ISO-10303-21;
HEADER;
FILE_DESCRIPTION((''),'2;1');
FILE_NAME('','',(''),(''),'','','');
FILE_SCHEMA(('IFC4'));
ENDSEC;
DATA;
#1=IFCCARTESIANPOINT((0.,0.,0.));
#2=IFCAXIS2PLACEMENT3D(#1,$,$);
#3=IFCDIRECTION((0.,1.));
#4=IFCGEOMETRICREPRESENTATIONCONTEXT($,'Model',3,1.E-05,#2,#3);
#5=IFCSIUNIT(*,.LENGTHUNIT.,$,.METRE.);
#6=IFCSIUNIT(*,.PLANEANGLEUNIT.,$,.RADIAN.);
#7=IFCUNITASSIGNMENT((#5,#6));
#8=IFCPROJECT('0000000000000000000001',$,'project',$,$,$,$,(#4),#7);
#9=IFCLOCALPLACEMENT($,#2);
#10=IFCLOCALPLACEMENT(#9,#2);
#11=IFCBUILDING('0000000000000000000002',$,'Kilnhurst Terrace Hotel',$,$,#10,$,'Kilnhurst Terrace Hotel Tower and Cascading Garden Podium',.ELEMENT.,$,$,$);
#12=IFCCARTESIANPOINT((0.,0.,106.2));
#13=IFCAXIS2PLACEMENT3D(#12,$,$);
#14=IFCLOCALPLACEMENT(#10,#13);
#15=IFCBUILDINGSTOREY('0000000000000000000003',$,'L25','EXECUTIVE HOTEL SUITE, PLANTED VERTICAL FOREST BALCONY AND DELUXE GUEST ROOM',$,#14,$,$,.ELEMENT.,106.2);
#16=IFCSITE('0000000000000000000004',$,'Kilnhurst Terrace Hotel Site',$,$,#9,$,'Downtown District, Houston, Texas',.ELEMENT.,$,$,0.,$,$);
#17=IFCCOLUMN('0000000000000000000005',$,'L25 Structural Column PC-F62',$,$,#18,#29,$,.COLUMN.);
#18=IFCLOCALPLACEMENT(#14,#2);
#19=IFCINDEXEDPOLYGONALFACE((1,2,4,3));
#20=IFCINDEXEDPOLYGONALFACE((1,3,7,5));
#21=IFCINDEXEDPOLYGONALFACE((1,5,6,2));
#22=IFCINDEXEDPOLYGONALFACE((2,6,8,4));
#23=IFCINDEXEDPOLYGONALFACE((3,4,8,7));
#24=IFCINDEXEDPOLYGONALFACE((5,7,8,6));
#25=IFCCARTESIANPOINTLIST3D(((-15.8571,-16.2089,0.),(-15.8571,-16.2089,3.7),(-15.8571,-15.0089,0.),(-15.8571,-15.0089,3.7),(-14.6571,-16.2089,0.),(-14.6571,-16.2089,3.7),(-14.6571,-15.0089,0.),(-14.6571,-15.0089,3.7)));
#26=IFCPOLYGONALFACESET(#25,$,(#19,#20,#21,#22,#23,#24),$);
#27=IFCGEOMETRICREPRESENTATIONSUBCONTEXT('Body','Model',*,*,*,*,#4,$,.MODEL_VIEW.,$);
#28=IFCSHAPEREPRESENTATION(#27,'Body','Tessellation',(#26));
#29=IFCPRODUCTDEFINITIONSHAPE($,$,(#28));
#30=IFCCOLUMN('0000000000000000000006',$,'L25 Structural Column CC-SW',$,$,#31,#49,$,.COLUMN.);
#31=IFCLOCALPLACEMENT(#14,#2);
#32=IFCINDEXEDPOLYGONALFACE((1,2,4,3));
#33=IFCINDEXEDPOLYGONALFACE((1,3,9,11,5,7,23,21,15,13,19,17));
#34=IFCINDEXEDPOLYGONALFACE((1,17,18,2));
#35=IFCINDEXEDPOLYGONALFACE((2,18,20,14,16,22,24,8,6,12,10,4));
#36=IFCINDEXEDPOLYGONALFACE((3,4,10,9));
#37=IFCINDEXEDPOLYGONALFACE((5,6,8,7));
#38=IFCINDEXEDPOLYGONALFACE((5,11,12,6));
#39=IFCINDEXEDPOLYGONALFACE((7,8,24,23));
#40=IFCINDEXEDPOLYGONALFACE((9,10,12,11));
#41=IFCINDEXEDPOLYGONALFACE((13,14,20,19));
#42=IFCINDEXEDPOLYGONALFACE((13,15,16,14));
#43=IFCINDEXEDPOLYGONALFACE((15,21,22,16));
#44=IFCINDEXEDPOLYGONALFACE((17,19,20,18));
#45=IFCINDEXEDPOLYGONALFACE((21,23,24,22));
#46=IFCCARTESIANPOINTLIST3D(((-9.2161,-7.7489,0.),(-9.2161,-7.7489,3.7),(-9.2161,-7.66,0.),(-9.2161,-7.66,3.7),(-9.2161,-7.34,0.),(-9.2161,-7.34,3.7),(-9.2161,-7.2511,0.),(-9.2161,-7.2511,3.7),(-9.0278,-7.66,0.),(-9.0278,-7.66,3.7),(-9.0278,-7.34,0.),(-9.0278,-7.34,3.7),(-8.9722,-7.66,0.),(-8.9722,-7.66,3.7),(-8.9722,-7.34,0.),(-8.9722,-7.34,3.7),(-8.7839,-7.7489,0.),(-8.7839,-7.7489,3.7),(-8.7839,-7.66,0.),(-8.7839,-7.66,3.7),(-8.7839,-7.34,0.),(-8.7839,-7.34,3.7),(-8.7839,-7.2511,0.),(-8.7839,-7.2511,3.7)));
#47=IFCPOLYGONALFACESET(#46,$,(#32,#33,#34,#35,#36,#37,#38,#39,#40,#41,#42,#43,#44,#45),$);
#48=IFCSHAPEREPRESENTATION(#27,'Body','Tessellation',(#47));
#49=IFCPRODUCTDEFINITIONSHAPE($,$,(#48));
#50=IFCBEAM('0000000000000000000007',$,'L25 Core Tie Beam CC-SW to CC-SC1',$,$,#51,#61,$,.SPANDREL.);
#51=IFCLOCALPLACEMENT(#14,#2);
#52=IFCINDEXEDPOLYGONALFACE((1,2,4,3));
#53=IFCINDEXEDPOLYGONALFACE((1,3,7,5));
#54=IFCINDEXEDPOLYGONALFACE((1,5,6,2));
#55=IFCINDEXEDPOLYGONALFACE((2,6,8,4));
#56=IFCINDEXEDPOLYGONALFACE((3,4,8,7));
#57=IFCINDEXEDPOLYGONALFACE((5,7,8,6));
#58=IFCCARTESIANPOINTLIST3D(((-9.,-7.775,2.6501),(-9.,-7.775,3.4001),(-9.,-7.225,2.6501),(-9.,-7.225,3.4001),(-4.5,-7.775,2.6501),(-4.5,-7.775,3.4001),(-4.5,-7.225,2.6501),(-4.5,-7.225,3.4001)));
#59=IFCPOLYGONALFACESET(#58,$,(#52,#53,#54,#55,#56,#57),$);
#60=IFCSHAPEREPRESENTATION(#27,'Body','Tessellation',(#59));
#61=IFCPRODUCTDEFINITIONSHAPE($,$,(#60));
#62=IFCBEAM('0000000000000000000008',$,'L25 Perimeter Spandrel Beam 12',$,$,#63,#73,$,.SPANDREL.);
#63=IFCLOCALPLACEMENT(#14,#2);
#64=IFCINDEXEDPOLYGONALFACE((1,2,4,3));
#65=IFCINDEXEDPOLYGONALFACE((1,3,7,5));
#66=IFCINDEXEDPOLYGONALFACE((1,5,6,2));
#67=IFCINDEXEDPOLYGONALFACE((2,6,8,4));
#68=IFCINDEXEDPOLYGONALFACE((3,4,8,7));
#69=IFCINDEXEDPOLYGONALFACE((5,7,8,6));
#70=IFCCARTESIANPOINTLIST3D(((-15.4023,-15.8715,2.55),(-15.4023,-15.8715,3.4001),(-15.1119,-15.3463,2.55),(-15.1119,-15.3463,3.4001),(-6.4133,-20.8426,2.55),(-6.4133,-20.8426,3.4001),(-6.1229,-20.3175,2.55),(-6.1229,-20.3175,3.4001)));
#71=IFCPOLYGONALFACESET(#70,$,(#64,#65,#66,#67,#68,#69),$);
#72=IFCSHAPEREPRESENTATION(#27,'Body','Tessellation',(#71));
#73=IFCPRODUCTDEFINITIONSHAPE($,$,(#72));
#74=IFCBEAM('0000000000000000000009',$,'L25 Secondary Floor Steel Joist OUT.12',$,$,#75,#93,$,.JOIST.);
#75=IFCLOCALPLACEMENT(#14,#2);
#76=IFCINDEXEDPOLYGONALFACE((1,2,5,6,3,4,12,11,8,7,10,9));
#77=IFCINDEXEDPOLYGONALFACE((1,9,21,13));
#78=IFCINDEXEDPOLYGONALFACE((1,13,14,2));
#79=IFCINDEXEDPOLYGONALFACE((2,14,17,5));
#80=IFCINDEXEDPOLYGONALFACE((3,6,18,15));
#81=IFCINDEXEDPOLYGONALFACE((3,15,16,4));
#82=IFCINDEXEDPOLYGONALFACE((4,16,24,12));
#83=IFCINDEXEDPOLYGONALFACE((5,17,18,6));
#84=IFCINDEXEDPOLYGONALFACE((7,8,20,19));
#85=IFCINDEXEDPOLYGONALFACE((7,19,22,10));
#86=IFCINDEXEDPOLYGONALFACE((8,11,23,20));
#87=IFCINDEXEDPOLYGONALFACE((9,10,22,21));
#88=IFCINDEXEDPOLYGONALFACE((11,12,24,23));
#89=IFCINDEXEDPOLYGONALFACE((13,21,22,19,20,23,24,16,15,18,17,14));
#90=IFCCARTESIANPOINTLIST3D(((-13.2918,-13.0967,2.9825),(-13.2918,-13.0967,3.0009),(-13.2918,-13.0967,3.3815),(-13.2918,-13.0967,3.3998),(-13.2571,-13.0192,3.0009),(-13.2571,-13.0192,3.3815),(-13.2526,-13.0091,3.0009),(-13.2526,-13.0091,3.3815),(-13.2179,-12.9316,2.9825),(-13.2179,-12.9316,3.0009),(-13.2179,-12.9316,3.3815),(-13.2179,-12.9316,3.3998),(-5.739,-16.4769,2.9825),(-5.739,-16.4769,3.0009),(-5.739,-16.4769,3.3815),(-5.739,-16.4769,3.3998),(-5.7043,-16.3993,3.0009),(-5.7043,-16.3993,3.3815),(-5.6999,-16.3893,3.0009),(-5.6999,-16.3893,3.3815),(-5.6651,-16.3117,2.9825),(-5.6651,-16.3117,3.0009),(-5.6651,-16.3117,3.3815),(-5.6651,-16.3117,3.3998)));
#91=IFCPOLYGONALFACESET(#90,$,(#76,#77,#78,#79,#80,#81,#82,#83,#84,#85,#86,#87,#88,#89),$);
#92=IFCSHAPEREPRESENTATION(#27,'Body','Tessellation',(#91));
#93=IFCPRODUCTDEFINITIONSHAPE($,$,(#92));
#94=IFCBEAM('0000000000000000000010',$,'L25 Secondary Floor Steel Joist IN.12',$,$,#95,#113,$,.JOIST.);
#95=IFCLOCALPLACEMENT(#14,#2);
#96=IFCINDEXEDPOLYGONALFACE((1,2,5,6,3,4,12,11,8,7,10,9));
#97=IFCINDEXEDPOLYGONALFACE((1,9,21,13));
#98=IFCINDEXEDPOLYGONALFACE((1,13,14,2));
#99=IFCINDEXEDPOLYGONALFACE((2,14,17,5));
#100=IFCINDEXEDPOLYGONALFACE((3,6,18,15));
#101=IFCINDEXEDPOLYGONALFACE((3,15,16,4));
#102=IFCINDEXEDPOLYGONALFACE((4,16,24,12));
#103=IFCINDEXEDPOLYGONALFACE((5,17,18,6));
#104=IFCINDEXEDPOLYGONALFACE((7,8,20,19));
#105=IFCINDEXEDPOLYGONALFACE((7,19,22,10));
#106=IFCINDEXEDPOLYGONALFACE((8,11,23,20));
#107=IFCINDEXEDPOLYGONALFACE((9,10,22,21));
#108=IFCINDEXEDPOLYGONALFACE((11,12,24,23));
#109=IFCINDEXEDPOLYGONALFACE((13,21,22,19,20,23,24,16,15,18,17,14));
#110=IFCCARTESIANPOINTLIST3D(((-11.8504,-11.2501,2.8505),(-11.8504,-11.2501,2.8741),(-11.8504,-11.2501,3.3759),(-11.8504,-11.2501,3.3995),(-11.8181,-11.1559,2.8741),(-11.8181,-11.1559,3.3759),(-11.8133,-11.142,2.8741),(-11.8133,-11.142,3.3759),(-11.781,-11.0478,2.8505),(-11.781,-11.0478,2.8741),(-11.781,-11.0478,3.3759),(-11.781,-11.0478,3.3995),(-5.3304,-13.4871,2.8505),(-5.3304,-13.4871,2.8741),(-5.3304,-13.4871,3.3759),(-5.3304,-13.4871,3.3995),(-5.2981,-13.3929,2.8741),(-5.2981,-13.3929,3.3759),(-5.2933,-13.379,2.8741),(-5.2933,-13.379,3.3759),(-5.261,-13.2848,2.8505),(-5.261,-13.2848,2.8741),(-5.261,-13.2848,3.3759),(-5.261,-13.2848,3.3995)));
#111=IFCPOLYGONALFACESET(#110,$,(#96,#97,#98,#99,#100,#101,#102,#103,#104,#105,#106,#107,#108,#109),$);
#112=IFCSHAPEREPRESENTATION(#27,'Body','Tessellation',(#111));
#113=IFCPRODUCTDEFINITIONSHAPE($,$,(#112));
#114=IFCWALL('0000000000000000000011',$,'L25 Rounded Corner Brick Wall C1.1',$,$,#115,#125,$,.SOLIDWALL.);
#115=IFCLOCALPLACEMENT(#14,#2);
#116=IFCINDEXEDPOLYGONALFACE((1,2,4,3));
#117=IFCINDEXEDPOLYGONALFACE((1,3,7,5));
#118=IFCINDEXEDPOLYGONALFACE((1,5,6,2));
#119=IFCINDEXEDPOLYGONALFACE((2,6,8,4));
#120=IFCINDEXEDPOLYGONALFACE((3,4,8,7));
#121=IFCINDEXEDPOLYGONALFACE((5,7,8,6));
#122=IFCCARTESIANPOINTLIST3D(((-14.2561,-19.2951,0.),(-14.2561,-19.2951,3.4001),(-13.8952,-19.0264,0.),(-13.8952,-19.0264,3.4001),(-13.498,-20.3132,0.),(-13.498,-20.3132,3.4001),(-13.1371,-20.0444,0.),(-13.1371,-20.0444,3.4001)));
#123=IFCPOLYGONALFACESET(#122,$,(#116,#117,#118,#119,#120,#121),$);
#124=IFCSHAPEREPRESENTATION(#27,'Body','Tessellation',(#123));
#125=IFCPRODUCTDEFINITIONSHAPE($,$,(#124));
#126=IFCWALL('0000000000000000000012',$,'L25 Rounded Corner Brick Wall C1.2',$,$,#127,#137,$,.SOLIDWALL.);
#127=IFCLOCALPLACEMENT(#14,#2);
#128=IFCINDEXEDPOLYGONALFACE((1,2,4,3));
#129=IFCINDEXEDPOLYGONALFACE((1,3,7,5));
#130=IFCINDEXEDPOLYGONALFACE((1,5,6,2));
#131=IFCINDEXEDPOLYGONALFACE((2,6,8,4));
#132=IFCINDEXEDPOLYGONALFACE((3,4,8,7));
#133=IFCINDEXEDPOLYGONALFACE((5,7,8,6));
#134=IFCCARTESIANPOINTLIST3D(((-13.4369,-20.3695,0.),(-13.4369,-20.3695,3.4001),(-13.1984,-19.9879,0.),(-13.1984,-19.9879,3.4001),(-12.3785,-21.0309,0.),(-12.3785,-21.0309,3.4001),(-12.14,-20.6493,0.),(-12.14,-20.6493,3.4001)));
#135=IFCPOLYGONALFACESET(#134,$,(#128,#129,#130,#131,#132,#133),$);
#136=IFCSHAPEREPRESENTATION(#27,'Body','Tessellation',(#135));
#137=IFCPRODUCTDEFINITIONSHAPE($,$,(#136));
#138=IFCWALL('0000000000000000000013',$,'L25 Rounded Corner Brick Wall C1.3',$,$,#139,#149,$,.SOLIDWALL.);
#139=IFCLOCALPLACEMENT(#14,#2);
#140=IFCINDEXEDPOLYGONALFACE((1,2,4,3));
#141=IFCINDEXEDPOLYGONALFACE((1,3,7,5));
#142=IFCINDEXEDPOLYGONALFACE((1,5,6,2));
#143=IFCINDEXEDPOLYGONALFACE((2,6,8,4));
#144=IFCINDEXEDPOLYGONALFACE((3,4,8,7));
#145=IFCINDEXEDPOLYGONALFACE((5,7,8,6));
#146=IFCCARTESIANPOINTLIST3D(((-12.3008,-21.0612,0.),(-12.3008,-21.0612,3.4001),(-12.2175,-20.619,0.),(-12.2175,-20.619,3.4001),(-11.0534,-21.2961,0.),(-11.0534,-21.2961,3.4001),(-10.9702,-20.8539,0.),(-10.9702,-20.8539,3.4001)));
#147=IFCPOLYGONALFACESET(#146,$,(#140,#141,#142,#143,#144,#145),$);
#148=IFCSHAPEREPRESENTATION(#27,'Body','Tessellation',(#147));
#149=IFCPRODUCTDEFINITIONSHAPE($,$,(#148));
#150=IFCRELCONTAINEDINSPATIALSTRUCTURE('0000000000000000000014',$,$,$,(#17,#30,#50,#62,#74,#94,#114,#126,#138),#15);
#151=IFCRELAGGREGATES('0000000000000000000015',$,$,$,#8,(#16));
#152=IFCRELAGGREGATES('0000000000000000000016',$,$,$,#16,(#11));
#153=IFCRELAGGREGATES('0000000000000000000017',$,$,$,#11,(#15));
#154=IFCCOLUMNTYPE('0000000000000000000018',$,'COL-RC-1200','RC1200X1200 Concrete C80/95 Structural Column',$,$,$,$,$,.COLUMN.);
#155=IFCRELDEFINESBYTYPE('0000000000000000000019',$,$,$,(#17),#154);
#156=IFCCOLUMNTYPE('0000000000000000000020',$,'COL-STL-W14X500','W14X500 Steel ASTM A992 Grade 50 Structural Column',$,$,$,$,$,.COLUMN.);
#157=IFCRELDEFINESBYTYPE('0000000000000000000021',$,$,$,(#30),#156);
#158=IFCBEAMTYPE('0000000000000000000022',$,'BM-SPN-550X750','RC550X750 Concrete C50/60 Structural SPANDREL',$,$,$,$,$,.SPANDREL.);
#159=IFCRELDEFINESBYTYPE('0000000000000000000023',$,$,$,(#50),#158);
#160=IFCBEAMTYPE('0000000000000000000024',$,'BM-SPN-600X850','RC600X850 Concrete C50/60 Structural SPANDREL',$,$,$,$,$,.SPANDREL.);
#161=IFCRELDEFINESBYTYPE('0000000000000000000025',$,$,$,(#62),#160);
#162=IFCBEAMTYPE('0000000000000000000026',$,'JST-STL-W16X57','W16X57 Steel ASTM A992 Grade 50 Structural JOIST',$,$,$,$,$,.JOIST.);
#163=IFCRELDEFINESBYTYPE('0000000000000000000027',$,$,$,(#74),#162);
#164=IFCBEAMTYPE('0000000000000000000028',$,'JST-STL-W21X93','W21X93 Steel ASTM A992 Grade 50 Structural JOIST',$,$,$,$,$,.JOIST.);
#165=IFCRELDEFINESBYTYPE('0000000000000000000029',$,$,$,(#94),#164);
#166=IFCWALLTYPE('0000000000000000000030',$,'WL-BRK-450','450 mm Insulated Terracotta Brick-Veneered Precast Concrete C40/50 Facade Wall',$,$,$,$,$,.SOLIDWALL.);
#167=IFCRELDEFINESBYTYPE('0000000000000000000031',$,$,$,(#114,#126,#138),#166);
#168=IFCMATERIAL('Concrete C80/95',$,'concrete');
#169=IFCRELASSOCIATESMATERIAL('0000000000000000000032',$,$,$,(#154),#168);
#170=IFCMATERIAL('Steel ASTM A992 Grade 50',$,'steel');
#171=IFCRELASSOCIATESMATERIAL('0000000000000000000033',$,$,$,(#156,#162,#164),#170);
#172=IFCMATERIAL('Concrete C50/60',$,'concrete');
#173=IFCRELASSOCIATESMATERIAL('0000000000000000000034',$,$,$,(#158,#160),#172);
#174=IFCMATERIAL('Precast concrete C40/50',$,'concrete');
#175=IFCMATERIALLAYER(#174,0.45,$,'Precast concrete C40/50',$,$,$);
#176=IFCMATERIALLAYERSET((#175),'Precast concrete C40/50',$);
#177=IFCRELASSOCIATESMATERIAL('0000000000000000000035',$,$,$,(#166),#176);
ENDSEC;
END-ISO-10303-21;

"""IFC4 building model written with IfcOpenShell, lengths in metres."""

from ifc_helpers import new_model, si_unit, direction, frame, frame_2d, origin, origin_2d, place, context, subcontext, project, spatial, rectangle, i_section, extrude, material, layer, layer_set, material_profile, profile_set, type_object, element, save


model = new_model("IFC4")

# Units and contexts
model_context = context("Model", 3, precision=1e-05, world=origin(), true_north=direction((0.0, 1.0)))
body_context = subcontext(model_context, "Body", "Model", "MODEL_VIEW")
ifc_project = project(units=[si_unit("LENGTHUNIT", "METRE"), si_unit("PLANEANGLEUNIT", "RADIAN")], contexts=[model_context])

# Site, building, storey
site_placement = place(None, origin())
site = spatial("IfcSite", under=ifc_project, at=site_placement, Name="Kilnhurst Terrace Hotel Site", LongName="Downtown District, Houston, Texas", CompositionType="ELEMENT", RefElevation=0.0)
building_placement = place(site_placement, origin())
building = spatial("IfcBuilding", under=site, at=building_placement, Name="Kilnhurst Terrace Hotel", LongName="Kilnhurst Terrace Hotel Tower and Cascading Garden Podium", CompositionType="ELEMENT")
storey_placement = place(building_placement, frame((0.0, 0.0, 106.2)))
storey = spatial("IfcBuildingStorey", under=building, at=storey_placement, Name="L25", Description="EXECUTIVE HOTEL SUITE, PLANTED VERTICAL FOREST BALCONY AND DELUXE GUEST ROOM", CompositionType="ELEMENT", Elevation=106.2)

# Columns
ifc_material_1 = material(Name="Concrete C80/95", Category="concrete")
ifc_material_profile_1 = material_profile(ifc_material_1, rectangle(XDim=1.2, YDim=1.2, at=origin_2d()), Name="RC1200X1200")
ifc_profile_set_1 = profile_set([ifc_material_profile_1], Name="Concrete C80/95")
column_type_1 = type_object("IfcColumnType", Name="COL-RC-1200", Description="RC1200X1200 Concrete C80/95 Structural Column", PredefinedType="COLUMN", material=ifc_profile_set_1)
column_1_placement = place(storey_placement, frame((-15.2571, -15.6089, 0.0), z_axis=(0.0, 0.0, 1.0), x_axis=(1.0, 0.0, 0.0)))
element("IfcColumn", 1, at=column_1_placement, inside=storey, type_object=column_type_1, Name="L25 Structural Column PC-F62", PredefinedType="COLUMN", context=body_context, shape_type="SweptSolid", body=[
    extrude(rectangle(XDim=1.2, YDim=1.2, at=origin_2d()), origin(), (0.0, 0.0, 1.0), 3.7),
])
ifc_material_2 = material(Name="Steel ASTM A992 Grade 50", Category="steel")
ifc_material_profile_2 = material_profile(ifc_material_2, i_section(OverallWidth=0.4321, OverallDepth=0.4978, WebThickness=0.0557, FlangeThickness=0.0889, at=origin_2d()), Name="W14X500")
ifc_profile_set_2 = profile_set([ifc_material_profile_2], Name="Steel ASTM A992 Grade 50")
column_type_2 = type_object("IfcColumnType", Name="COL-STL-W14X500", Description="W14X500 Steel ASTM A992 Grade 50 Structural Column", PredefinedType="COLUMN", material=ifc_profile_set_2)
column_2_placement = place(storey_placement, frame((-9.0, -7.5, 0.0), z_axis=(0.0, 0.0, 1.0), x_axis=(1.0, 0.0, 0.0)))
element("IfcColumn", 2, at=column_2_placement, inside=storey, type_object=column_type_2, Name="L25 Structural Column CC-SW", PredefinedType="COLUMN", context=body_context, shape_type="SweptSolid", body=[
    extrude(i_section(OverallWidth=0.4321, OverallDepth=0.4978, WebThickness=0.0557, FlangeThickness=0.0889, at=origin_2d()), origin(), (0.0, 0.0, 1.0), 3.7),
])

# Beams
ifc_material_3 = material(Name="Concrete C50/60", Category="concrete")
ifc_material_profile_3 = material_profile(ifc_material_3, rectangle(XDim=0.55, YDim=0.75, at=origin_2d()), Name="RC550X750")
ifc_profile_set_3 = profile_set([ifc_material_profile_3], Name="Concrete C50/60")
beam_type_1 = type_object("IfcBeamType", Name="BM-SPN-550X750", Description="RC550X750 Concrete C50/60 Structural SPANDREL", PredefinedType="SPANDREL", material=ifc_profile_set_3)
beam_1_placement = place(storey_placement, frame((-9.0, -7.5, 3.0251), z_axis=(1.0, 0.0, 0.0), x_axis=(0.0, 1.0, 0.0)))
element("IfcBeam", 3, at=beam_1_placement, inside=storey, type_object=beam_type_1, Name="L25 Core Tie Beam CC-SW to CC-SC1", PredefinedType="SPANDREL", context=body_context, shape_type="SweptSolid", body=[
    extrude(rectangle(XDim=0.55, YDim=0.75, at=origin_2d()), origin(), (0.0, 0.0, 1.0), 4.5),
])
ifc_material_profile_4 = material_profile(ifc_material_3, rectangle(XDim=0.6001, YDim=0.8501, at=origin_2d()), Name="RC600X850")
ifc_profile_set_4 = profile_set([ifc_material_profile_4], Name="Concrete C50/60")
beam_type_2 = type_object("IfcBeamType", Name="BM-SPN-600X850", Description="RC600X850 Concrete C50/60 Structural SPANDREL", PredefinedType="SPANDREL", material=ifc_profile_set_4)
beam_2_placement = place(storey_placement, frame((-15.2571, -15.6089, 2.9751), z_axis=(0.875094, -0.483953, 0.0), x_axis=(0.483953, 0.875094, 0.0)))
element("IfcBeam", 4, at=beam_2_placement, inside=storey, type_object=beam_type_2, Name="L25 Perimeter Spandrel Beam 12", PredefinedType="SPANDREL", context=body_context, shape_type="SweptSolid", body=[
    extrude(rectangle(XDim=0.6001, YDim=0.8501, at=origin_2d()), origin(), (0.0, 0.0, 1.0), 10.272),
])
ifc_material_profile_5 = material_profile(ifc_material_2, i_section(OverallWidth=0.1809, OverallDepth=0.4172, WebThickness=0.011, FlangeThickness=0.0183, at=origin_2d()), Name="W16X57")
ifc_profile_set_5 = profile_set([ifc_material_profile_5], Name="Steel ASTM A992 Grade 50")
beam_type_3 = type_object("IfcBeamType", Name="JST-STL-W16X57", Description="W16X57 Steel ASTM A992 Grade 50 Structural JOIST", PredefinedType="JOIST", material=ifc_profile_set_5)
beam_3_placement = place(storey_placement, frame((-13.2549, -13.0142, 3.1912), z_axis=(0.912761, -0.408494, 0.0), x_axis=(0.408494, 0.912761, 0.0)))
element("IfcBeam", 5, at=beam_3_placement, inside=storey, type_object=beam_type_3, Name="L25 Secondary Floor Steel Joist OUT.12", PredefinedType="JOIST", context=body_context, shape_type="SweptSolid", body=[
    extrude(i_section(OverallWidth=0.1809, OverallDepth=0.4172, WebThickness=0.011, FlangeThickness=0.0183, at=origin_2d()), origin(), (0.0, 0.0, 1.0), 8.2747),
])
ifc_material_profile_6 = material_profile(ifc_material_2, i_section(OverallWidth=0.2139, OverallDepth=0.5491, WebThickness=0.0146, FlangeThickness=0.0237, at=origin_2d()), Name="W21X93")
ifc_profile_set_6 = profile_set([ifc_material_profile_6], Name="Steel ASTM A992 Grade 50")
beam_type_4 = type_object("IfcBeamType", Name="JST-STL-W21X93", Description="W21X93 Steel ASTM A992 Grade 50 Structural JOIST", PredefinedType="JOIST", material=ifc_profile_set_6)
beam_4_placement = place(storey_placement, frame((-11.8157, -11.1489, 3.125), z_axis=(0.945874, -0.324535, 0.0), x_axis=(0.324535, 0.945874, 0.0)))
element("IfcBeam", 6, at=beam_4_placement, inside=storey, type_object=beam_type_4, Name="L25 Secondary Floor Steel Joist IN.12", PredefinedType="JOIST", context=body_context, shape_type="SweptSolid", body=[
    extrude(i_section(OverallWidth=0.2139, OverallDepth=0.5491, WebThickness=0.0146, FlangeThickness=0.0237, at=origin_2d()), origin(), (0.0, 0.0, 1.0), 6.8931),
])

# Walls
ifc_material_4 = material(Name="Precast concrete C40/50", Category="concrete")
ifc_layer_1 = layer(ifc_material_4, 0.45, Name="Precast concrete C40/50")
ifc_layer_set_1 = layer_set([ifc_layer_1], Name="Precast concrete C40/50")
wall_type_1 = type_object("IfcWallType", Name="WL-BRK-450", Description="450 mm Insulated Terracotta Brick-Veneered Precast Concrete C40/50 Facade Wall", PredefinedType="SOLIDWALL", material=ifc_layer_set_1)
wall_1_placement = place(storey_placement, frame((-14.0757, -19.1606, 0.0), z_axis=(0.0, 0.0, 1.0), x_axis=(0.597227, -0.802073, 0.0)))
element("IfcWall", 7, at=wall_1_placement, inside=storey, type_object=wall_type_1, Name="L25 Rounded Corner Brick Wall C1.1", PredefinedType="SOLIDWALL", context=body_context, shape_type="SweptSolid", body=[
    extrude(rectangle(XDim=1.2693, YDim=0.45, at=frame_2d((0.6348, 0.0))), origin(), (0.0, 0.0, 1.0), 3.4001),
])
wall_2_placement = place(storey_placement, frame((-13.3176, -20.1787, 0.0), z_axis=(0.0, 0.0, 1.0), x_axis=(0.848031, -0.529946, 0.0)))
element("IfcWall", 8, at=wall_2_placement, inside=storey, type_object=wall_type_1, Name="L25 Rounded Corner Brick Wall C1.2", PredefinedType="SOLIDWALL", context=body_context, shape_type="SweptSolid", body=[
    extrude(rectangle(XDim=1.248, YDim=0.45, at=frame_2d((0.624, 0.0))), origin(), (0.0, 0.0, 1.0), 3.4001),
])
wall_3_placement = place(storey_placement, frame((-12.2593, -20.8401, 0.0), z_axis=(0.0, 0.0, 1.0), x_axis=(0.98273, -0.185043, 0.0)))
element("IfcWall", 9, at=wall_3_placement, inside=storey, type_object=wall_type_1, Name="L25 Rounded Corner Brick Wall C1.3", PredefinedType="SOLIDWALL", context=body_context, shape_type="SweptSolid", body=[
    extrude(rectangle(XDim=1.2693, YDim=0.45, at=frame_2d((0.6348, 0.0))), origin(), (0.0, 0.0, 1.0), 3.4001),
])

save(model, "model.ifc")
